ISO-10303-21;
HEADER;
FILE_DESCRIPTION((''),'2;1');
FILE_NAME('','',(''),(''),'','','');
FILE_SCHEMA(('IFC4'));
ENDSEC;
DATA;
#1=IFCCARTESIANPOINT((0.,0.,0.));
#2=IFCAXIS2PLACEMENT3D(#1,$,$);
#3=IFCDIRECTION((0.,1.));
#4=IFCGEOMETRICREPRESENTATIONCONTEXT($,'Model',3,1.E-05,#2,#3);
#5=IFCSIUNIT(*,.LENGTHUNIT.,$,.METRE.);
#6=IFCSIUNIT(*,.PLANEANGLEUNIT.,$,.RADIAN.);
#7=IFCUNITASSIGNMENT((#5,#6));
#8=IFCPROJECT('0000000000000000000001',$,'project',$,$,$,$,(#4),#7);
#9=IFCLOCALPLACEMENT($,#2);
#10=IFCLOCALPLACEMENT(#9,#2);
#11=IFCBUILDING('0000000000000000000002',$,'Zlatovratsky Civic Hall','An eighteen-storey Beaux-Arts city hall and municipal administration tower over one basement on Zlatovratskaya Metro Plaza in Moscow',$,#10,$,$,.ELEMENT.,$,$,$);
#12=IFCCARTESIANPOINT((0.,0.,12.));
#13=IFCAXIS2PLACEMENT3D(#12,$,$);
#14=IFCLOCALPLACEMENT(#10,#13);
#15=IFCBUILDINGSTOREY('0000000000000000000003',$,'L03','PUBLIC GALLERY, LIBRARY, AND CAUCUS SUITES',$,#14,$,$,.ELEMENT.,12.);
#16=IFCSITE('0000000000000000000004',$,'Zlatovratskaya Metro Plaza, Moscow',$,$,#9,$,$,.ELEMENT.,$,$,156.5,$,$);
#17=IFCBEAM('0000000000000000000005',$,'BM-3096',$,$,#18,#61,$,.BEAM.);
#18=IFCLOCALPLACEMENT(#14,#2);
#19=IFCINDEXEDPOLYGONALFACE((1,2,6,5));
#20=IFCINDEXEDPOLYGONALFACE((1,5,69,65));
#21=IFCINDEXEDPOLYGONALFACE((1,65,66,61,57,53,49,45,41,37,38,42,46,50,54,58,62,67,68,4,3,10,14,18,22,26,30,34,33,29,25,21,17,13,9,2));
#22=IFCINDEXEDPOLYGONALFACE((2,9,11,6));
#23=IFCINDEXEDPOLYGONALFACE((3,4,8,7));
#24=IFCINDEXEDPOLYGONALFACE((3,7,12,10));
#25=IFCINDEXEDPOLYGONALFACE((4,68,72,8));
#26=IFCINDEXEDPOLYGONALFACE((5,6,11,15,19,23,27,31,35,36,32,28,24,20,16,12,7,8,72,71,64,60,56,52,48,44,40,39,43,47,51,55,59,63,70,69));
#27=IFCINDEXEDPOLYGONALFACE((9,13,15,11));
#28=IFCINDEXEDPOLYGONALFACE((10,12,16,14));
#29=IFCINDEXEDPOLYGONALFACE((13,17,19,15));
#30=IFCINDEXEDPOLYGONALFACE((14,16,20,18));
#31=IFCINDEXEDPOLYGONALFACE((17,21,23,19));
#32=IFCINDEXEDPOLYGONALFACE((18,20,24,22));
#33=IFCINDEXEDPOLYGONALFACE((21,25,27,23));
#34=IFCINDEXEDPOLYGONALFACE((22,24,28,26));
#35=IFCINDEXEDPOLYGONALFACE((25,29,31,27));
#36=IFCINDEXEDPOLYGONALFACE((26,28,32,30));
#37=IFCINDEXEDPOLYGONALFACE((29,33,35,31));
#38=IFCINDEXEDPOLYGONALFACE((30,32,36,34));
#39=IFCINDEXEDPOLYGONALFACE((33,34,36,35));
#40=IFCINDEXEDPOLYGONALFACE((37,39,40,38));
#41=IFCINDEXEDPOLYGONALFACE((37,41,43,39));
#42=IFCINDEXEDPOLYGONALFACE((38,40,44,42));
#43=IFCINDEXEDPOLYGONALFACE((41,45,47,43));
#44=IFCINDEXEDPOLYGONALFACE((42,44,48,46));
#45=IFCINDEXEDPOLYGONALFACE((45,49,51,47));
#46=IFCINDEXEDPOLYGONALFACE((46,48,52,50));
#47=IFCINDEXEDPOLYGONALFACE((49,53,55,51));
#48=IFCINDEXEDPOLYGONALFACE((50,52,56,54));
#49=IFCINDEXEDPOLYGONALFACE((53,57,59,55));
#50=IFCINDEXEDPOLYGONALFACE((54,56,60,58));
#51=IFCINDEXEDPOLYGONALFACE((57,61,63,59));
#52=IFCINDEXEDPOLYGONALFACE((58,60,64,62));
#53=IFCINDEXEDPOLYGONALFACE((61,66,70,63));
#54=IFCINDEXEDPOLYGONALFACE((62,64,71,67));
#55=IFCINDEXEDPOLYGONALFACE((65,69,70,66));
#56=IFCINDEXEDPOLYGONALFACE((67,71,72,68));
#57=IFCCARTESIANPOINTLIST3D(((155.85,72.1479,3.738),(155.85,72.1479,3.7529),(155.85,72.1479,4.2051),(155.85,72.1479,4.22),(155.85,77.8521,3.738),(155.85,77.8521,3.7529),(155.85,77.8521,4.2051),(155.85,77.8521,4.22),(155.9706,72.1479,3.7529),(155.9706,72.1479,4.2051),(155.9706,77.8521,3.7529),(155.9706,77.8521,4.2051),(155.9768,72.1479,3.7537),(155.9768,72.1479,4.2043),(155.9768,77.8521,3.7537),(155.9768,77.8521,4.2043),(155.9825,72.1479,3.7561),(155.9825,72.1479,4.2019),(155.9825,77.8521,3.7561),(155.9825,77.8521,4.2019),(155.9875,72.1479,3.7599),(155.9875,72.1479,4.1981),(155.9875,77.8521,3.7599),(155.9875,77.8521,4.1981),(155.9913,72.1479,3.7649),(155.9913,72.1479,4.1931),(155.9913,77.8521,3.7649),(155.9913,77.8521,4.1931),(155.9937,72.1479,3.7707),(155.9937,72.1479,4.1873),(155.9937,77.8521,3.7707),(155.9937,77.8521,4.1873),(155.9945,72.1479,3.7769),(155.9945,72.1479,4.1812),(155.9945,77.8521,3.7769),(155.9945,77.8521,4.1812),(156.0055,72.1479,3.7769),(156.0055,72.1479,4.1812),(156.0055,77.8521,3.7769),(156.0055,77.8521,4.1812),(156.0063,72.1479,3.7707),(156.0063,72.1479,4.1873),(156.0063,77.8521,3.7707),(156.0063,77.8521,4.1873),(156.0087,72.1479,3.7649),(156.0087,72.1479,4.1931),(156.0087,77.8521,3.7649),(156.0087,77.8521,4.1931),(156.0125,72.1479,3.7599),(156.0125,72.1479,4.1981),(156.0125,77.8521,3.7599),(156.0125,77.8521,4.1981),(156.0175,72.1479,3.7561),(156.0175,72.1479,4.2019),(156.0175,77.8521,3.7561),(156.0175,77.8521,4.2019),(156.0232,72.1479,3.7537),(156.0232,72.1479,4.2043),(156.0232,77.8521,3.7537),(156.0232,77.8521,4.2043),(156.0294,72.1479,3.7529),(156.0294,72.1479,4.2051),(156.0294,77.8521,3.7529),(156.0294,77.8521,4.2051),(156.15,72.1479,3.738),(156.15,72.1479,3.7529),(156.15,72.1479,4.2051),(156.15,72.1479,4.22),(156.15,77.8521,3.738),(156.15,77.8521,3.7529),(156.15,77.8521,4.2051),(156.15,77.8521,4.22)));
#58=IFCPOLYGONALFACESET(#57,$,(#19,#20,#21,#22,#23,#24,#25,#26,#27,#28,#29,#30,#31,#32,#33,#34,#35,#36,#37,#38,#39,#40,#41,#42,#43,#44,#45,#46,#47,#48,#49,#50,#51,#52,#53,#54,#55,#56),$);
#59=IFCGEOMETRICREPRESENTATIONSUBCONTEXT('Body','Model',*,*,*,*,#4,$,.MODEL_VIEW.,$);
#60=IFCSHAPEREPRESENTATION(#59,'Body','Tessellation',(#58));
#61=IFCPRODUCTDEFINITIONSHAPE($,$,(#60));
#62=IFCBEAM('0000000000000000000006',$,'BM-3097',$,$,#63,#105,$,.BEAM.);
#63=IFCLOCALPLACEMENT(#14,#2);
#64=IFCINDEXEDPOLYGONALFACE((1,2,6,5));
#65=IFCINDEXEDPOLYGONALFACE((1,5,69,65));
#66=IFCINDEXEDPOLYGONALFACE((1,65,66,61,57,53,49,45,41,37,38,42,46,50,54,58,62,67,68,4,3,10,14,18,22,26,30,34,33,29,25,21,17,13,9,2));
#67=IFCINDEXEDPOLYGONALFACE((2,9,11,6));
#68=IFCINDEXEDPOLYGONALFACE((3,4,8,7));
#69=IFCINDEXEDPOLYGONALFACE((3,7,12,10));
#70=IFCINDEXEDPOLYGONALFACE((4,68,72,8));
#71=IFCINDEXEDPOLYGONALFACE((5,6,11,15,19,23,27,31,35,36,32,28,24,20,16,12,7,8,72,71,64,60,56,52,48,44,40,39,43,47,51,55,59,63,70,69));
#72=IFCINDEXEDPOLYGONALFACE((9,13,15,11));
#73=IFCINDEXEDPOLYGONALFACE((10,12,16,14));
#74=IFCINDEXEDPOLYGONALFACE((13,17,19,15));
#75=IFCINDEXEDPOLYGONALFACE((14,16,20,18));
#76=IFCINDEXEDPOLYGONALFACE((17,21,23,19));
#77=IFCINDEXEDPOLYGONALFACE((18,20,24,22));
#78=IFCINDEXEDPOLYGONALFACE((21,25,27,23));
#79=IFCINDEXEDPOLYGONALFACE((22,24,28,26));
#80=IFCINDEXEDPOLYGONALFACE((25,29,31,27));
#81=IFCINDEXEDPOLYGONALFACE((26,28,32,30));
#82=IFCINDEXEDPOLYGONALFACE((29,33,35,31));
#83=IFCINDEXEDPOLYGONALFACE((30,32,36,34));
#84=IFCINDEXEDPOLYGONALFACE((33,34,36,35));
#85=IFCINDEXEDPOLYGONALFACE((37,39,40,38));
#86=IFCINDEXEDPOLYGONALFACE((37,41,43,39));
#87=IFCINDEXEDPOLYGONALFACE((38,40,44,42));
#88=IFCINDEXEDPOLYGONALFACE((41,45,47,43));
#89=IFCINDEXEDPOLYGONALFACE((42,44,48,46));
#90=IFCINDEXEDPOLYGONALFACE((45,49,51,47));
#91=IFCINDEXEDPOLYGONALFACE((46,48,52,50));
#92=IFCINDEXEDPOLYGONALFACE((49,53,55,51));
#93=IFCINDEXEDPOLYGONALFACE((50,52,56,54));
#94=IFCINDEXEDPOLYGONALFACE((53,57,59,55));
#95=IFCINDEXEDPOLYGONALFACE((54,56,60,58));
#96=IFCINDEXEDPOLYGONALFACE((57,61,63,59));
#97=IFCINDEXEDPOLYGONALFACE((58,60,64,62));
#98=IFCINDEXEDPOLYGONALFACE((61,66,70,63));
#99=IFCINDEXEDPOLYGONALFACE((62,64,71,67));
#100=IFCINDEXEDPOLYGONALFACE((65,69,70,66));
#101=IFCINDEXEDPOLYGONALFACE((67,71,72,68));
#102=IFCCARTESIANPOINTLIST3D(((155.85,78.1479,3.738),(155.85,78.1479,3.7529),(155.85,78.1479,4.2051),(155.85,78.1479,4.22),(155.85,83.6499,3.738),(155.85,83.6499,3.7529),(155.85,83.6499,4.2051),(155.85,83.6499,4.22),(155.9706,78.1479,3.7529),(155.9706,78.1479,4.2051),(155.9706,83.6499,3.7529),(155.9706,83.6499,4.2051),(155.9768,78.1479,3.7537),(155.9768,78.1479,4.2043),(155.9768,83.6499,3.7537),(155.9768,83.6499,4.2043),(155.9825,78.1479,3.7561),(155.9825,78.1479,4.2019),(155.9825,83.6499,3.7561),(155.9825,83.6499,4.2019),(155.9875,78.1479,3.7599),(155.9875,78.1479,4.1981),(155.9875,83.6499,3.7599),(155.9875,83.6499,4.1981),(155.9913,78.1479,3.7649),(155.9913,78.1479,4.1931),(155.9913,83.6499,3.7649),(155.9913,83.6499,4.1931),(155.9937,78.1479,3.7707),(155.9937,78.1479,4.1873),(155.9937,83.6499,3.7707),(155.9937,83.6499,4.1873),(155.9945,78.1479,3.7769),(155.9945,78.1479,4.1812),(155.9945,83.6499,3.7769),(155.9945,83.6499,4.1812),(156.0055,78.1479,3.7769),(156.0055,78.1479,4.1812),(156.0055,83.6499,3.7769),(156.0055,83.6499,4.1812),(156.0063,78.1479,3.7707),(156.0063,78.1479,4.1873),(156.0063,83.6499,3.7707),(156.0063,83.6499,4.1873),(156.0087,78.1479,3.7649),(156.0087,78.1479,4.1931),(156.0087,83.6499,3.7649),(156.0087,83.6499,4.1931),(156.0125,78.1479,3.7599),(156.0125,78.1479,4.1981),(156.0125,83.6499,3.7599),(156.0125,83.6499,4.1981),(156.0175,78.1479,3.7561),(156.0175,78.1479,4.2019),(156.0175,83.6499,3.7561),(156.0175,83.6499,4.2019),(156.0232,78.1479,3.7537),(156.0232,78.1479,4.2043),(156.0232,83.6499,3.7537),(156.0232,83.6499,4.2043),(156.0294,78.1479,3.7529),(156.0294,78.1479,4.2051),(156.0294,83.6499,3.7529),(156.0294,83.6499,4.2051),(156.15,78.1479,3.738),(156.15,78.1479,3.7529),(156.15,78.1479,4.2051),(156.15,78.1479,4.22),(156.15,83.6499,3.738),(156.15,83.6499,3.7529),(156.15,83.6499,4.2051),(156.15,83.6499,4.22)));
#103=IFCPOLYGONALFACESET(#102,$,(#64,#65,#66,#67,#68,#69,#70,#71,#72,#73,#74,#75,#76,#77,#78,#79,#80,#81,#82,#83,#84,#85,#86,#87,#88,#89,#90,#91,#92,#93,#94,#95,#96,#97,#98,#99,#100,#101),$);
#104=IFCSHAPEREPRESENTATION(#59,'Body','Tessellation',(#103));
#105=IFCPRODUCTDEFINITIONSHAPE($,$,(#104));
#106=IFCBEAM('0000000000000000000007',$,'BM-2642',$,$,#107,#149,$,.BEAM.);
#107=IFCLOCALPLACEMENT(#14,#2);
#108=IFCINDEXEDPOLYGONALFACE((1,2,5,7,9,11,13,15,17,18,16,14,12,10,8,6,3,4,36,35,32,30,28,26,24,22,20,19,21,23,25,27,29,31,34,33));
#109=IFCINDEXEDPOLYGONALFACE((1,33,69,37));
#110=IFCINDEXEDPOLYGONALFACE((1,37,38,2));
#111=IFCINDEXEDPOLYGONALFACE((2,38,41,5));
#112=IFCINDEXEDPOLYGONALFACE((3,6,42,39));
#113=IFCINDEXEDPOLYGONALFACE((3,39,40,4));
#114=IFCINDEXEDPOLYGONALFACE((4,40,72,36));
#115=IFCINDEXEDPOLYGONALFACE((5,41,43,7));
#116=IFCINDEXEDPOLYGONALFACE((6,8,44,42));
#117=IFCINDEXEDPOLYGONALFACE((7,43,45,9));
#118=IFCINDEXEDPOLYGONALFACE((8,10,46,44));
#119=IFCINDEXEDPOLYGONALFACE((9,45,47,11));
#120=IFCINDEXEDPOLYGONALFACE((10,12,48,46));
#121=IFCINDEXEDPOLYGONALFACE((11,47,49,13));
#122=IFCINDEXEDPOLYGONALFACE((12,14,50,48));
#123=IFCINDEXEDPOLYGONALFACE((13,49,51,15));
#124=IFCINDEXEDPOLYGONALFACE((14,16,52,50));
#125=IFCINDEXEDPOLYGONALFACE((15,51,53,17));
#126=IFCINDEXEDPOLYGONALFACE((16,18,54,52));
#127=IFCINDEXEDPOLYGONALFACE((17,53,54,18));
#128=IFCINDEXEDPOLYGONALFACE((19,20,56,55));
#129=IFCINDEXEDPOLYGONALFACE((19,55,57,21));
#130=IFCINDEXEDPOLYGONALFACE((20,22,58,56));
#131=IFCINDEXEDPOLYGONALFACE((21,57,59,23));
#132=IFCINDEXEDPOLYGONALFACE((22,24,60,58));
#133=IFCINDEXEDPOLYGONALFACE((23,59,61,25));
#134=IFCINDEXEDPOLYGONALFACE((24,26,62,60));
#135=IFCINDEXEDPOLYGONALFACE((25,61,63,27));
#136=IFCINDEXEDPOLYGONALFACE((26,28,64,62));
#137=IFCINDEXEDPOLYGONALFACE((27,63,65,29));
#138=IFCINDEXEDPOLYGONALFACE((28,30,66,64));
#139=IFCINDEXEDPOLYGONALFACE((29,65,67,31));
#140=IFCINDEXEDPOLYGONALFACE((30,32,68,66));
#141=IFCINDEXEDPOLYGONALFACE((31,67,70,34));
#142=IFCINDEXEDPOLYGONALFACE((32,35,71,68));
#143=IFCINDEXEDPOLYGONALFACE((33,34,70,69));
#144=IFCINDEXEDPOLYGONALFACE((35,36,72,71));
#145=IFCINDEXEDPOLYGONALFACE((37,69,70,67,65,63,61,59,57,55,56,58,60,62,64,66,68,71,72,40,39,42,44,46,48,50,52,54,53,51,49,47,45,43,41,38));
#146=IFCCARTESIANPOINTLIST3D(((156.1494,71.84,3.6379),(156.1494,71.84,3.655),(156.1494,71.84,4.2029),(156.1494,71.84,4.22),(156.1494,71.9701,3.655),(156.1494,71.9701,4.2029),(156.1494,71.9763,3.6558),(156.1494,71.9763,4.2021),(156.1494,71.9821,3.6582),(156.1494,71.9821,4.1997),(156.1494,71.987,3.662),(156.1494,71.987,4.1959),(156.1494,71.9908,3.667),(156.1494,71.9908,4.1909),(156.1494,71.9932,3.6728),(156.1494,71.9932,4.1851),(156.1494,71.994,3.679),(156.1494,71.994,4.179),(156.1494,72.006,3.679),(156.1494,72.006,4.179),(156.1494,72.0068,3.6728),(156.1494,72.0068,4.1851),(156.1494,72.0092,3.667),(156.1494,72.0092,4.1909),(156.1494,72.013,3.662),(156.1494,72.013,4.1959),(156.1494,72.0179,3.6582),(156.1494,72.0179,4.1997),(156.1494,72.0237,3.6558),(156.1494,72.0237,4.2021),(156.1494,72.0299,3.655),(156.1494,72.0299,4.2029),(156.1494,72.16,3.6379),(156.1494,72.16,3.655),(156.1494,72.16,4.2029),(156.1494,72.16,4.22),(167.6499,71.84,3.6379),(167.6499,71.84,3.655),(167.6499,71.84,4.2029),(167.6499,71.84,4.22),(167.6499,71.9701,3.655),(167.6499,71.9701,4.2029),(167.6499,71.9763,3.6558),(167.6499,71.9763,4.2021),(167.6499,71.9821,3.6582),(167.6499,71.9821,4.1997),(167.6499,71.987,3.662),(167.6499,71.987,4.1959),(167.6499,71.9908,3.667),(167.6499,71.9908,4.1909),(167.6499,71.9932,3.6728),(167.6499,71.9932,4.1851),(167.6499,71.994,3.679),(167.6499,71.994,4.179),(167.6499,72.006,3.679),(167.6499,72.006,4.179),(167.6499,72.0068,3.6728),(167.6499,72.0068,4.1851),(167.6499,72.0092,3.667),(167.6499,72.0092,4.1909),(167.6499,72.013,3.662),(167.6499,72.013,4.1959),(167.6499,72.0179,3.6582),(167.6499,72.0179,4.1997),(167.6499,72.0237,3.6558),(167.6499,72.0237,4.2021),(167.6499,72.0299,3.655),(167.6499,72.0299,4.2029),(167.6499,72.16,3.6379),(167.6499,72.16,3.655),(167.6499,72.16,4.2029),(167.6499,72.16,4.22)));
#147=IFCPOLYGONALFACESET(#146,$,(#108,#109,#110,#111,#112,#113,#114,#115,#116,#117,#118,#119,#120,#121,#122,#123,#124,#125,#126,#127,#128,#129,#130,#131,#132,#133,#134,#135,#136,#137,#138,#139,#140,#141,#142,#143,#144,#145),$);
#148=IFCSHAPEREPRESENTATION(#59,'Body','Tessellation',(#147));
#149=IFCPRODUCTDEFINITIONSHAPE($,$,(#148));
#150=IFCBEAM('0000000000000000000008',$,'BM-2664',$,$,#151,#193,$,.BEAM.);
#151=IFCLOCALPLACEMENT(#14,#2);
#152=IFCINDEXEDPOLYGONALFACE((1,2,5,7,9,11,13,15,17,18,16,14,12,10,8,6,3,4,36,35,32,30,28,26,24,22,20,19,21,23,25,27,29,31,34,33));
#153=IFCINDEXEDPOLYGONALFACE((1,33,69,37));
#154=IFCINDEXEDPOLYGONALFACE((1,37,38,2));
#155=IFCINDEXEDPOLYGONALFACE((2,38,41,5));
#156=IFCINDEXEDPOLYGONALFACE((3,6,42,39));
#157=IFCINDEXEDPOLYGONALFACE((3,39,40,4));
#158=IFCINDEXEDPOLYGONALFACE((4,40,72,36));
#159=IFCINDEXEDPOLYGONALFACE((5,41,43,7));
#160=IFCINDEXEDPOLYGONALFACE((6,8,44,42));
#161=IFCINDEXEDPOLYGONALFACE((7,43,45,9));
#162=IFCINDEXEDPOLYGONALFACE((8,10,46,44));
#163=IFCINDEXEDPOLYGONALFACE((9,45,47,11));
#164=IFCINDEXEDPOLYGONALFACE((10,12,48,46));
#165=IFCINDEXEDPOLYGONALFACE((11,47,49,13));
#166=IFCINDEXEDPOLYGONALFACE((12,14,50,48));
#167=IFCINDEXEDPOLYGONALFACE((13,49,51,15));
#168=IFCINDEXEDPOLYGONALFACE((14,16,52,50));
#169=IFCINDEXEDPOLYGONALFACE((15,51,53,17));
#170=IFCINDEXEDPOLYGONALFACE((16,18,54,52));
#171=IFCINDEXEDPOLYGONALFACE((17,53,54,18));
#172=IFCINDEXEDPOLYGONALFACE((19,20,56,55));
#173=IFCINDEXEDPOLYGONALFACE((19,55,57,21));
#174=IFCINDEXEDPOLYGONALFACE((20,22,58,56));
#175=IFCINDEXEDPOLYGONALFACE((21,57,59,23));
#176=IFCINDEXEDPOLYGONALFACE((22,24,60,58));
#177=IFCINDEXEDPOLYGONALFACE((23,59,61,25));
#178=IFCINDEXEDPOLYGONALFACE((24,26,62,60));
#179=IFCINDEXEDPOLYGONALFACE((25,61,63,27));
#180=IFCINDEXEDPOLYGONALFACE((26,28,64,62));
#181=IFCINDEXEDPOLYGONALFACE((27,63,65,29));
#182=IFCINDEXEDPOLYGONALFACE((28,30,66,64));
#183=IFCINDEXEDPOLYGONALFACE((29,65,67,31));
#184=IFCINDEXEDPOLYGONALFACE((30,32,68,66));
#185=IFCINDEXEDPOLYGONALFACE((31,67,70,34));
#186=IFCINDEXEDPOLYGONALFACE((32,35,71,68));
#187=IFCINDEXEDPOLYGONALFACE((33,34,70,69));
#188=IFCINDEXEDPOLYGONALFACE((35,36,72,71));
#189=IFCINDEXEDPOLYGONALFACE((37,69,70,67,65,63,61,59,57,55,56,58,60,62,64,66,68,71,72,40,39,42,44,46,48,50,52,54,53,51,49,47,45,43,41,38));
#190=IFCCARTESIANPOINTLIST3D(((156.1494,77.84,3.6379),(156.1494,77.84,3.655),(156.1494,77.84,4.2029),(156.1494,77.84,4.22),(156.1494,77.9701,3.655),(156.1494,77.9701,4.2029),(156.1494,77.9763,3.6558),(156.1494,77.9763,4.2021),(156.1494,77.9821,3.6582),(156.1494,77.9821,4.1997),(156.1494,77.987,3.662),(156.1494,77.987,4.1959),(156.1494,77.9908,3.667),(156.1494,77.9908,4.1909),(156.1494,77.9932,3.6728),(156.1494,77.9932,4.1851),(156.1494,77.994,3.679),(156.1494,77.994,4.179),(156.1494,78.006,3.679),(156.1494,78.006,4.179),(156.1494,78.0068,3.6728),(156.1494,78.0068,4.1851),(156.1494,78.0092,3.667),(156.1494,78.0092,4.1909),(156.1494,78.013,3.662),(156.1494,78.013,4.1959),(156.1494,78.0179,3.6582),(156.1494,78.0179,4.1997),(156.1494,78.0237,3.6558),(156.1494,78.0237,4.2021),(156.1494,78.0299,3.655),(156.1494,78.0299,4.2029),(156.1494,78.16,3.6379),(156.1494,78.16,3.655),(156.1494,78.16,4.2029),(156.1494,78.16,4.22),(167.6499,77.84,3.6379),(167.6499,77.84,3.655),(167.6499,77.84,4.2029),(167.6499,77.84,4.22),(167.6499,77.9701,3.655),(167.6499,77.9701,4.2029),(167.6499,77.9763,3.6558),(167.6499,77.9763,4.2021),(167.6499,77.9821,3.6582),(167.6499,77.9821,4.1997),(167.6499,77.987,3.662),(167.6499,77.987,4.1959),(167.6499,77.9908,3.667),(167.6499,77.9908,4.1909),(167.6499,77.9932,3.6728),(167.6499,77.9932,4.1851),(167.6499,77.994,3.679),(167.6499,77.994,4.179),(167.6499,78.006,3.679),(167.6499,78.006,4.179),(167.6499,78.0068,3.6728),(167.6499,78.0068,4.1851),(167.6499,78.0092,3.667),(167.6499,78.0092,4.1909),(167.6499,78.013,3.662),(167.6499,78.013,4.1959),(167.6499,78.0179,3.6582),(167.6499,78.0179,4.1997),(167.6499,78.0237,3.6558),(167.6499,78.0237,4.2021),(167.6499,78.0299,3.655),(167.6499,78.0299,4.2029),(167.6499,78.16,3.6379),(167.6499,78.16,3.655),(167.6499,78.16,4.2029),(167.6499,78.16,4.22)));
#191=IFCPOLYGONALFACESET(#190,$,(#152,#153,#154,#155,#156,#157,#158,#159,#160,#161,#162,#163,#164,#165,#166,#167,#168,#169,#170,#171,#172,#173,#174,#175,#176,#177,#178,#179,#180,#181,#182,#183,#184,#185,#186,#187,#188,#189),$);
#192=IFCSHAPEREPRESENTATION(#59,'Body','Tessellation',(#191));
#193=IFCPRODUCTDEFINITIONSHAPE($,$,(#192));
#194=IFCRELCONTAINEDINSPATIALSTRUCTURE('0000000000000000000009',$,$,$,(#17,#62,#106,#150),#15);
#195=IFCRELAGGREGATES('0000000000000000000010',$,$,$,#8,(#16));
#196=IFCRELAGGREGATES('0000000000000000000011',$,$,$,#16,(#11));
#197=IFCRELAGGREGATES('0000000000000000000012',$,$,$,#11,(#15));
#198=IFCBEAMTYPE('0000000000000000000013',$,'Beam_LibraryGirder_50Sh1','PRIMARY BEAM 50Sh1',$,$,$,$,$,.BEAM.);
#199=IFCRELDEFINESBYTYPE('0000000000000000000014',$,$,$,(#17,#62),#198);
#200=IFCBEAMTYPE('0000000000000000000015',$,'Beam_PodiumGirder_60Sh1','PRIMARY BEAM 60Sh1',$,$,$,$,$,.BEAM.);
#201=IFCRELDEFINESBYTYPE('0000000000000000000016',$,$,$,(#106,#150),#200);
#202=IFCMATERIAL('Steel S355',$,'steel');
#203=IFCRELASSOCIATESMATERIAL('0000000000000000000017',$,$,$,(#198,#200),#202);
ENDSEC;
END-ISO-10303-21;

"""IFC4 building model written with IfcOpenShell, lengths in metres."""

from ifc_helpers import new_model, si_unit, direction, frame, origin, origin_2d, place, context, subcontext, project, spatial, i_section, extrude, material, material_profile, profile_set, type_object, element, save


model = new_model("IFC4")

# Units and contexts
model_context = context("Model", 3, precision=1e-05, world=origin(), true_north=direction((0.0, 1.0)))
body_context = subcontext(model_context, "Body", "Model", "MODEL_VIEW")
ifc_project = project(units=[si_unit("LENGTHUNIT", "METRE"), si_unit("PLANEANGLEUNIT", "RADIAN")], contexts=[model_context])

# Site, building, storey
site_placement = place(None, origin())
site = spatial("IfcSite", under=ifc_project, at=site_placement, Name="Zlatovratskaya Metro Plaza, Moscow", CompositionType="ELEMENT", RefElevation=156.5)
building_placement = place(site_placement, origin())
building = spatial("IfcBuilding", under=site, at=building_placement, Name="Zlatovratsky Civic Hall", Description="An eighteen-storey Beaux-Arts city hall and municipal administration tower over one basement on Zlatovratskaya Metro Plaza in Moscow", CompositionType="ELEMENT")
storey_placement = place(building_placement, frame((0.0, 0.0, 12.0)))
storey = spatial("IfcBuildingStorey", under=building, at=storey_placement, Name="L03", Description="PUBLIC GALLERY, LIBRARY, AND CAUCUS SUITES", CompositionType="ELEMENT", Elevation=12.0)

# Shared definitions
ifc_material_1 = material(Name="Steel S355", Category="steel")

# Beams
ifc_material_profile_1 = material_profile(ifc_material_1, i_section(OverallWidth=0.3, OverallDepth=0.4819, WebThickness=0.011, FlangeThickness=0.0149, FilletRadius=0.0239, at=origin_2d()), Name="50Sh1")
ifc_profile_set_1 = profile_set([ifc_material_profile_1], Name="Steel S355")
beam_type_1 = type_object("IfcBeamType", Name="Beam_LibraryGirder_50Sh1", Description="PRIMARY BEAM 50Sh1", PredefinedType="BEAM", material=ifc_profile_set_1)
beam_1_placement = place(storey_placement, frame((156.0, 72.1479, 3.979), z_axis=(0.0, 1.0, 0.0), x_axis=(-1.0, 0.0, 0.0)))
element("IfcBeam", 1, at=beam_1_placement, inside=storey, type_object=beam_type_1, Name="BM-3096", PredefinedType="BEAM", context=body_context, shape_type="SweptSolid", body=[
    extrude(i_section(OverallWidth=0.3, OverallDepth=0.4819, WebThickness=0.011, FlangeThickness=0.0149, FilletRadius=0.0239, at=origin_2d()), origin(), (0.0, 0.0, 1.0), 5.7041),
])
beam_2_placement = place(storey_placement, frame((156.0, 78.1479, 3.979), z_axis=(0.0, 1.0, 0.0), x_axis=(-1.0, 0.0, 0.0)))
element("IfcBeam", 2, at=beam_2_placement, inside=storey, type_object=beam_type_1, Name="BM-3097", PredefinedType="BEAM", context=body_context, shape_type="SweptSolid", body=[
    extrude(i_section(OverallWidth=0.3, OverallDepth=0.4819, WebThickness=0.011, FlangeThickness=0.0149, FilletRadius=0.0239, at=origin_2d()), origin(), (0.0, 0.0, 1.0), 5.502),
])
ifc_material_profile_2 = material_profile(ifc_material_1, i_section(OverallWidth=0.3201, OverallDepth=0.582, WebThickness=0.012, FlangeThickness=0.0171, FilletRadius=0.0239, at=origin_2d()), Name="60Sh1")
ifc_profile_set_2 = profile_set([ifc_material_profile_2], Name="Steel S355")
beam_type_2 = type_object("IfcBeamType", Name="Beam_PodiumGirder_60Sh1", Description="PRIMARY BEAM 60Sh1", PredefinedType="BEAM", material=ifc_profile_set_2)
for number, where, z_axis, x_axis, name in (
    (3, (156.1494, 72.0, 3.929), (1.0, 0.0, 0.0), (0.0, 1.0, 0.0), "BM-2642"),
    (4, (156.1494, 78.0, 3.929), (1.0, 0.0, 0.0), (0.0, 1.0, 0.0), "BM-2664"),
):
    element("IfcBeam", number, at=place(storey_placement, frame(where, z_axis=z_axis, x_axis=x_axis)), inside=storey, type_object=beam_type_2, Name=name, PredefinedType="BEAM", context=body_context, shape_type="SweptSolid", body=[
        extrude(i_section(OverallWidth=0.3201, OverallDepth=0.582, WebThickness=0.012, FlangeThickness=0.0171, FilletRadius=0.0239, at=origin_2d()), origin(), (0.0, 0.0, 1.0), 11.5005),
    ])

save(model, "model.ifc")
